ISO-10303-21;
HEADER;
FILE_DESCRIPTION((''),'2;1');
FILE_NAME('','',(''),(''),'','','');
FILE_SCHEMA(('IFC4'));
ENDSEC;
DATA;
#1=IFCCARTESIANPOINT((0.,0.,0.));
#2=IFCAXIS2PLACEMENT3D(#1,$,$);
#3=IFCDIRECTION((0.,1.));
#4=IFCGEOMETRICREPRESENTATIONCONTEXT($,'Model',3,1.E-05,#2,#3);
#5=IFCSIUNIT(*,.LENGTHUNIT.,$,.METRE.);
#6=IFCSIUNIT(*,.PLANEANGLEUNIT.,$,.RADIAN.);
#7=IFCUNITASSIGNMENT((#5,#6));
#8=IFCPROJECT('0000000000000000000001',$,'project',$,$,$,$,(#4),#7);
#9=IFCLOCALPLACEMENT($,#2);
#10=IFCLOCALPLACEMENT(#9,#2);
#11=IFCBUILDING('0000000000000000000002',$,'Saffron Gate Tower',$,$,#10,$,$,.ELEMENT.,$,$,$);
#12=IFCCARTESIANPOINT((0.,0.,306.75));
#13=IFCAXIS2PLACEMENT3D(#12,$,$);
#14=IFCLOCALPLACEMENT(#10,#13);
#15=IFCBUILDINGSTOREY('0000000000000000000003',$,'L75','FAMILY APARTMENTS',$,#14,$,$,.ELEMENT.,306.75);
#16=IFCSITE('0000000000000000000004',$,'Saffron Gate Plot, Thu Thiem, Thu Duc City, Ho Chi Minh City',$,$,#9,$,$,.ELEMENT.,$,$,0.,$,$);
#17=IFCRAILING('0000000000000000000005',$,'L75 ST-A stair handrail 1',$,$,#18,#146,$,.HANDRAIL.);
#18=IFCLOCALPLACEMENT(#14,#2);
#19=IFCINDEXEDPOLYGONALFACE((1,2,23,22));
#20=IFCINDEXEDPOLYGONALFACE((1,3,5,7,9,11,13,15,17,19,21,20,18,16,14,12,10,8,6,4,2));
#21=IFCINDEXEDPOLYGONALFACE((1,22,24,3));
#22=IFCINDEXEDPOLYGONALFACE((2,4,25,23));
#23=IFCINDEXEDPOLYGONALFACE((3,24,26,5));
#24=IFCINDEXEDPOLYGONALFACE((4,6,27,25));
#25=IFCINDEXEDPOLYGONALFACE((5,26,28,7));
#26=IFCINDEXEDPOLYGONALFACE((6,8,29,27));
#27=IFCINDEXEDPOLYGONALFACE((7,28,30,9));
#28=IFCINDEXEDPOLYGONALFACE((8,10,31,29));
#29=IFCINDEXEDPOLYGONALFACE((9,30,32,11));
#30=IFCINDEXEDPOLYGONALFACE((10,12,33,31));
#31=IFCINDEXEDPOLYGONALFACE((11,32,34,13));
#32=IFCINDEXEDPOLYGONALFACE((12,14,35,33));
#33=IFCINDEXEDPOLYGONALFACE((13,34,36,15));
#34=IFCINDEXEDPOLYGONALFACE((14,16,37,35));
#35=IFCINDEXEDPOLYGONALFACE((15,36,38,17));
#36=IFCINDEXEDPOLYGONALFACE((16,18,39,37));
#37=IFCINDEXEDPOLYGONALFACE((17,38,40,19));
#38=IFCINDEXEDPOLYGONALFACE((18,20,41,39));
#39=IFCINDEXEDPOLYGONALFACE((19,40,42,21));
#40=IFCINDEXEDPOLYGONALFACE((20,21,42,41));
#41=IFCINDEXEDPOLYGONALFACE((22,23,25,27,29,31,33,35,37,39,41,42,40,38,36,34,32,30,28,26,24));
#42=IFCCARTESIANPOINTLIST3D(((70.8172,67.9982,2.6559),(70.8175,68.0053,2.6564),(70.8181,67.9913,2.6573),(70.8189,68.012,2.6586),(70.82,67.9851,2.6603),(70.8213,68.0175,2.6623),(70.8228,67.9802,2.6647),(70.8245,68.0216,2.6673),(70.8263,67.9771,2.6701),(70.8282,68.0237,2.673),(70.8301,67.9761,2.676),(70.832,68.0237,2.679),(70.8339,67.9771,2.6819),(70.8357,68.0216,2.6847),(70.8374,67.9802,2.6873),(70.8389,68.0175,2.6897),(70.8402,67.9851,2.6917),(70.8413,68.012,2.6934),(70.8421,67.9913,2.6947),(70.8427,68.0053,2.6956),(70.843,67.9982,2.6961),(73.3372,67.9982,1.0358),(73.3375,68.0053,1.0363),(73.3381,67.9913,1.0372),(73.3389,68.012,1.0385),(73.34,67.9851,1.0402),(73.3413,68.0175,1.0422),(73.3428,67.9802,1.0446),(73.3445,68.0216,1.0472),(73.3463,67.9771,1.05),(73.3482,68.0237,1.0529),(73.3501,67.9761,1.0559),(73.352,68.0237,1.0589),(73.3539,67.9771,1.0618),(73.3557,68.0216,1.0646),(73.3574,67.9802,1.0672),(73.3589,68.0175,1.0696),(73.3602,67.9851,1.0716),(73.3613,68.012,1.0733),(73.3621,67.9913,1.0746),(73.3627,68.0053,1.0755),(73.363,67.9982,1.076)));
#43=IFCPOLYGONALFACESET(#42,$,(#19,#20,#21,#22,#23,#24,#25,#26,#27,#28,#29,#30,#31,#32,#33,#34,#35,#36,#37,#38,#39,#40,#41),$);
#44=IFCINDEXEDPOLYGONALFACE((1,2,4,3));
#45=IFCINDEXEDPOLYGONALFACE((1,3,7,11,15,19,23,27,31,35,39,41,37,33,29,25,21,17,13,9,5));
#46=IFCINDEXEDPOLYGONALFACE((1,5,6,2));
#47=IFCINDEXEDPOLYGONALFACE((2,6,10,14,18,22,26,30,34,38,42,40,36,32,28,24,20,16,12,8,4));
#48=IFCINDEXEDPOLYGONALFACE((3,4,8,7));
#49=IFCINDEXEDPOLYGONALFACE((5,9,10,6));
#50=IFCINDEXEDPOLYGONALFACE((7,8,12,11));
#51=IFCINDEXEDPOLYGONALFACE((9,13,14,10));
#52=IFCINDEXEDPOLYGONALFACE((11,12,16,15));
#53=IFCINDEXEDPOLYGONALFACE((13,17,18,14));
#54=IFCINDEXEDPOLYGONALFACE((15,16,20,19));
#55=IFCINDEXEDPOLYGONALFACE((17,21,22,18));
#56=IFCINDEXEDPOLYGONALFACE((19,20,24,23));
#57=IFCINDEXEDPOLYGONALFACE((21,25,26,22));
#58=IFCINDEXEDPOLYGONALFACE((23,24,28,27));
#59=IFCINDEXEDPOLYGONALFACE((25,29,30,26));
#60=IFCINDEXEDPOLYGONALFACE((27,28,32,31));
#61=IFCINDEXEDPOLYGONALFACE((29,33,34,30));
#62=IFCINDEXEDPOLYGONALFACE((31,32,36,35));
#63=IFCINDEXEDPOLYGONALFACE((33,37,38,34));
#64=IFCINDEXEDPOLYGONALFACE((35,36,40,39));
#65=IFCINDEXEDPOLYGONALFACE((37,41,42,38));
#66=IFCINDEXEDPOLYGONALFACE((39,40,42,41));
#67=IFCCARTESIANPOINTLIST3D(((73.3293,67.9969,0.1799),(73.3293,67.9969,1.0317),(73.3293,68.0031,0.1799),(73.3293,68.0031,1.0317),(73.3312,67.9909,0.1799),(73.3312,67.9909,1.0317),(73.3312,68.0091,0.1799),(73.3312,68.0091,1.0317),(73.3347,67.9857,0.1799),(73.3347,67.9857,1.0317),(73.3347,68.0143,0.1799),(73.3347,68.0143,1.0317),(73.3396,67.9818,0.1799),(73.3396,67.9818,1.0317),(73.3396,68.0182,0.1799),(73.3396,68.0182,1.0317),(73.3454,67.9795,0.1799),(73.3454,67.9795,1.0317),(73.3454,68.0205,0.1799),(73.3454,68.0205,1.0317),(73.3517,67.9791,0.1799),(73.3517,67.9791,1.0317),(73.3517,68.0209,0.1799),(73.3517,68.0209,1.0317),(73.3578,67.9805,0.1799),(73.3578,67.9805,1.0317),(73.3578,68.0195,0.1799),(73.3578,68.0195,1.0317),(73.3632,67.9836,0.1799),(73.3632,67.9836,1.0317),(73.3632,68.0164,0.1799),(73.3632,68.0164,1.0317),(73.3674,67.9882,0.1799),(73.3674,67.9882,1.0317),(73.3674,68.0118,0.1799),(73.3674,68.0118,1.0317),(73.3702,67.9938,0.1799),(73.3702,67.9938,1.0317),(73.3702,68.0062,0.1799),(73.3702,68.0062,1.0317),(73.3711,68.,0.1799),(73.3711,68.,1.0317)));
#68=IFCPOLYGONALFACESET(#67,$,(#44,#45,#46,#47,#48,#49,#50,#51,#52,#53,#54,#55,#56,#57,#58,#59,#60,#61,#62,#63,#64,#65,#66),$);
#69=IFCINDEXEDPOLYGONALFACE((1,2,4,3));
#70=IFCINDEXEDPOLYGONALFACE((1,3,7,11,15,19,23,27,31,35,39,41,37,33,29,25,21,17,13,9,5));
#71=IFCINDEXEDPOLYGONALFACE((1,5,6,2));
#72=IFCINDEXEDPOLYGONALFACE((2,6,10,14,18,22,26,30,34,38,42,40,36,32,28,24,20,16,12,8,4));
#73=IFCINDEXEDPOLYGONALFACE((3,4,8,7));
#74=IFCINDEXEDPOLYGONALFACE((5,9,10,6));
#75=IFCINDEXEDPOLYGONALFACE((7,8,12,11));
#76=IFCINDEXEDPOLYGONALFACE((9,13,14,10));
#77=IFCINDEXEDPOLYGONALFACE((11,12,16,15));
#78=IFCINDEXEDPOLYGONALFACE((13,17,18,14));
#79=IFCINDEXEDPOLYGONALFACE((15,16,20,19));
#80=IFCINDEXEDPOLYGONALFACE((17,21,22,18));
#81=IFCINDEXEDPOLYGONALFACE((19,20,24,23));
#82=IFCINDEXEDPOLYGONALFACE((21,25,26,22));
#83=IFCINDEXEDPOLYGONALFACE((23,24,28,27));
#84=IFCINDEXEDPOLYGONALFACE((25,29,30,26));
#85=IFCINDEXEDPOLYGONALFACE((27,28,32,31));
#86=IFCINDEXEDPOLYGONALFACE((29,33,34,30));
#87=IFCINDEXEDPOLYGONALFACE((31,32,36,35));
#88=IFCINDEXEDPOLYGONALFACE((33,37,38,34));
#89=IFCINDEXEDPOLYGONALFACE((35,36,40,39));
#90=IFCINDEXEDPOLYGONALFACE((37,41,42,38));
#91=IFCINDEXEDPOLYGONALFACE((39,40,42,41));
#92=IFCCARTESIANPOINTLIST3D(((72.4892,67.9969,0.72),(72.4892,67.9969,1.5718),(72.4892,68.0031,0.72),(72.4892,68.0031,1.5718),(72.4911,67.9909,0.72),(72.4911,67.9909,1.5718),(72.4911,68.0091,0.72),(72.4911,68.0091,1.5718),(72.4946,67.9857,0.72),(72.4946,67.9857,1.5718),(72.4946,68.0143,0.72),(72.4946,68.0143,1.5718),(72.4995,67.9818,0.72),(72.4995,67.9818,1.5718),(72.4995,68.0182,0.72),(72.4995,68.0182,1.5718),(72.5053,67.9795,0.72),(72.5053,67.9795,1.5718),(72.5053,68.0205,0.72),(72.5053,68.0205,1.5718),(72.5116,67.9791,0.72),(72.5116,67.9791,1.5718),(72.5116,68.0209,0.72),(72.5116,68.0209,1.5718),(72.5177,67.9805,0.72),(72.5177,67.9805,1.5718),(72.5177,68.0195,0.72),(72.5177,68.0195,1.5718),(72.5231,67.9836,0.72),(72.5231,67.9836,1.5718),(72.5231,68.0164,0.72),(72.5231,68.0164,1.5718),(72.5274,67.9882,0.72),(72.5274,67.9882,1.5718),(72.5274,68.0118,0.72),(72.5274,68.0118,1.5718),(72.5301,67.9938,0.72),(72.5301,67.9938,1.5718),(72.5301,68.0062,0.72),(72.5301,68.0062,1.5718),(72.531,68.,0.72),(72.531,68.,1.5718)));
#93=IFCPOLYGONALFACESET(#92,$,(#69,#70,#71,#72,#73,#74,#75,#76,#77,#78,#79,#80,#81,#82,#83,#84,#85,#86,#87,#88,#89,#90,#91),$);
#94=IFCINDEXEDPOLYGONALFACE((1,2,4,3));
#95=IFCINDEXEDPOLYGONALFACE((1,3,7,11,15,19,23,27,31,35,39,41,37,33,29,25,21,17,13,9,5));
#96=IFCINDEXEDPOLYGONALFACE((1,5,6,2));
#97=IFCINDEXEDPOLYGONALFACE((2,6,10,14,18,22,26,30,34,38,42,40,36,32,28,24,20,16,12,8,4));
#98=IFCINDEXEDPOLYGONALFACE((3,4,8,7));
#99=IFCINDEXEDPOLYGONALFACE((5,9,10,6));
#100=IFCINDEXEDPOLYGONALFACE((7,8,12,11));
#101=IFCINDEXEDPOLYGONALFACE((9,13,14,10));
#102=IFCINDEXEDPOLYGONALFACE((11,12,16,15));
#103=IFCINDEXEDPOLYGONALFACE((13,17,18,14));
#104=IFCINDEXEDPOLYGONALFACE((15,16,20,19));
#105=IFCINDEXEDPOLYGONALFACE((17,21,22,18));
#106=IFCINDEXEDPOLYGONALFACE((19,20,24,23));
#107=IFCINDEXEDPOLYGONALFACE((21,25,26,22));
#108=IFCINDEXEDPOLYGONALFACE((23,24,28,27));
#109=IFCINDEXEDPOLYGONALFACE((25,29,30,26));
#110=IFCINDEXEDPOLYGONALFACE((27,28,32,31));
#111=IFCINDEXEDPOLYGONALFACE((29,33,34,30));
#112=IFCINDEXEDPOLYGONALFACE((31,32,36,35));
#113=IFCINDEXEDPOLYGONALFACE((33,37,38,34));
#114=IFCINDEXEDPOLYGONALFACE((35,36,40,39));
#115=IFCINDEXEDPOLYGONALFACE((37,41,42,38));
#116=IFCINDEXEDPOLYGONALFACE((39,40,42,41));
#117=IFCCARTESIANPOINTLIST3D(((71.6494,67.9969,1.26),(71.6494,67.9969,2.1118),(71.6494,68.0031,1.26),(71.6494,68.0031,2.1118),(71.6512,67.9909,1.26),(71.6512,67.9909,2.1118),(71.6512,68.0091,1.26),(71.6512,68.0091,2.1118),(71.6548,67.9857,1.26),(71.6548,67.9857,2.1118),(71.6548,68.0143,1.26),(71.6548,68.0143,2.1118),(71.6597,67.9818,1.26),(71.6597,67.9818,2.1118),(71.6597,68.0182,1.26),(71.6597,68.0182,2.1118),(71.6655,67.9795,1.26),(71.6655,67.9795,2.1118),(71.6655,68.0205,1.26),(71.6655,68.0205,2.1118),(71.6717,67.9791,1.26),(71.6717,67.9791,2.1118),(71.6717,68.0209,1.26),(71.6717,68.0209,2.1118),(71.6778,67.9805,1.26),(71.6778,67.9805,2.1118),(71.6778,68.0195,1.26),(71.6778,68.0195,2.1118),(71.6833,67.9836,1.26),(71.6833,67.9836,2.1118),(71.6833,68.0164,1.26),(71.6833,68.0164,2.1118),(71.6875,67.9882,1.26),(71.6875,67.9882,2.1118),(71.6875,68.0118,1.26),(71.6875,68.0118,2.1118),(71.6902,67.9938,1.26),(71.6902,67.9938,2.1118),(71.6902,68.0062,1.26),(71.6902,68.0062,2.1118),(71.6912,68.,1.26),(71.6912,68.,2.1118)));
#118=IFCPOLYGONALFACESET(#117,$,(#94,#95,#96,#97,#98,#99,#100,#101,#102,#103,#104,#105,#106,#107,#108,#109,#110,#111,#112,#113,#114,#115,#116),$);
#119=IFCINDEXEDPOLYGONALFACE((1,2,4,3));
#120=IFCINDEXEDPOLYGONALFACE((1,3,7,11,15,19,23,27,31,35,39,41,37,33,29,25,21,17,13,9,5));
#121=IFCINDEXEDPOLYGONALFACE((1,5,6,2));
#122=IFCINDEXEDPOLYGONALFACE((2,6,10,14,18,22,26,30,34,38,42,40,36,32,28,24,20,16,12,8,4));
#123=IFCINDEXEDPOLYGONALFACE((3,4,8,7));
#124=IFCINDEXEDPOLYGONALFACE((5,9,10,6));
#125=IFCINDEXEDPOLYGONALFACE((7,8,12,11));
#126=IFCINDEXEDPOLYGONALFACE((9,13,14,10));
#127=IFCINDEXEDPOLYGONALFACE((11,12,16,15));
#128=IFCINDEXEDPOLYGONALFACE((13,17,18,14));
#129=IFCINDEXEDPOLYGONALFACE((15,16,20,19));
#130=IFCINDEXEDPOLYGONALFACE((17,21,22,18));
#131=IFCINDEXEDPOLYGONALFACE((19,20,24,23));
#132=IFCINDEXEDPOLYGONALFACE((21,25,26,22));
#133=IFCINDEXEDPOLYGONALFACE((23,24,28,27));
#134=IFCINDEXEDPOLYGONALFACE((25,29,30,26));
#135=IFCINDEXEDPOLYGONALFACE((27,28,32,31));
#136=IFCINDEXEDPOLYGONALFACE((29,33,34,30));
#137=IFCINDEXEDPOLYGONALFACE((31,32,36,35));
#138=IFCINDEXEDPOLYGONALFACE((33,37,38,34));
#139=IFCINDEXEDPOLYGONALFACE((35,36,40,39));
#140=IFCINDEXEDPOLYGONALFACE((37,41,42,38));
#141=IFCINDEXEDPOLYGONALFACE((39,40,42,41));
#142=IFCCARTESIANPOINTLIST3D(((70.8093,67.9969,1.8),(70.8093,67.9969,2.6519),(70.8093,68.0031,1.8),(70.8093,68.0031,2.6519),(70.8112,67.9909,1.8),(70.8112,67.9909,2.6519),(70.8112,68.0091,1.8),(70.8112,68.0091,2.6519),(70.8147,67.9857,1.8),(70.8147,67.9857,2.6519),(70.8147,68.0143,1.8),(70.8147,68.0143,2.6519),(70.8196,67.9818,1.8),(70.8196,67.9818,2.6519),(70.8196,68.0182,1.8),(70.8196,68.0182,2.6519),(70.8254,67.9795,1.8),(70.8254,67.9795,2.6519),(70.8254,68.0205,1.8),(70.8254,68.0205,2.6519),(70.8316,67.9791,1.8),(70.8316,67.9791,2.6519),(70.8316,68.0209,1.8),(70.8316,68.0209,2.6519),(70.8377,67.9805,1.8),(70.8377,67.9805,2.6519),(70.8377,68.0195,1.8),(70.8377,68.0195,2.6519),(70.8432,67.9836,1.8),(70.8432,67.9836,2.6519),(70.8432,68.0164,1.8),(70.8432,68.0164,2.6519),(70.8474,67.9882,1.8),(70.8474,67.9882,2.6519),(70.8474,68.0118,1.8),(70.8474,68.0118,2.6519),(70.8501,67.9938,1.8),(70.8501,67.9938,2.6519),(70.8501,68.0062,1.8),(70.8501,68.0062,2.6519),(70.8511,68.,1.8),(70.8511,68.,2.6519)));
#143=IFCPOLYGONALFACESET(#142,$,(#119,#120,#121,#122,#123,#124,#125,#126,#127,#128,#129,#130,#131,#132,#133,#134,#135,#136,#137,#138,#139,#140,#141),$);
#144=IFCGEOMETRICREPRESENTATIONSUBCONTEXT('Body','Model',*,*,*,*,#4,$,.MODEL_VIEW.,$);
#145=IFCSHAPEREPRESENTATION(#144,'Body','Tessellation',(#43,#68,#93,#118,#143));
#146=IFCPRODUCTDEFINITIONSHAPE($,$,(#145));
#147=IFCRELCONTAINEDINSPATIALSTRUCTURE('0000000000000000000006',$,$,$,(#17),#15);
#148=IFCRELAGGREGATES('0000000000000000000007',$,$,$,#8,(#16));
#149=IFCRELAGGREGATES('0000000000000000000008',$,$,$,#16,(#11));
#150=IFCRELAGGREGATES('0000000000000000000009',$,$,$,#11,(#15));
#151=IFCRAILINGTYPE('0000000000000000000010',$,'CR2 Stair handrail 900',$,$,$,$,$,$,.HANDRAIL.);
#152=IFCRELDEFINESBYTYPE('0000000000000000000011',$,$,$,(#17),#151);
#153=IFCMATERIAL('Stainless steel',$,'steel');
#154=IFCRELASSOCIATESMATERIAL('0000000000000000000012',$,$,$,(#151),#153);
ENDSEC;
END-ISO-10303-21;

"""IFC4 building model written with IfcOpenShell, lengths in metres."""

from ifc_helpers import new_model, si_unit, direction, frame, origin, origin_2d, place, context, subcontext, project, spatial, circle, extrude, material, type_object, element, save


model = new_model("IFC4")

# Units and contexts
model_context = context("Model", 3, precision=1e-05, world=origin(), true_north=direction((0.0, 1.0)))
body_context = subcontext(model_context, "Body", "Model", "MODEL_VIEW")
ifc_project = project(units=[si_unit("LENGTHUNIT", "METRE"), si_unit("PLANEANGLEUNIT", "RADIAN")], contexts=[model_context])

# Site, building, storey
site_placement = place(None, origin())
site = spatial("IfcSite", under=ifc_project, at=site_placement, Name="Saffron Gate Plot, Thu Thiem, Thu Duc City, Ho Chi Minh City", CompositionType="ELEMENT", RefElevation=0.0)
building_placement = place(site_placement, origin())
building = spatial("IfcBuilding", under=site, at=building_placement, Name="Saffron Gate Tower", CompositionType="ELEMENT")
storey_placement = place(building_placement, frame((0.0, 0.0, 306.75)))
storey = spatial("IfcBuildingStorey", under=building, at=storey_placement, Name="L75", Description="FAMILY APARTMENTS", CompositionType="ELEMENT", Elevation=306.75)

# Railing
ifc_material_1 = material(Name="Stainless steel", Category="steel")
railing_type_1 = type_object("IfcRailingType", Name="CR2 Stair handrail 900", PredefinedType="HANDRAIL", material=ifc_material_1)
railing_1_placement = place(storey_placement, frame((73.3501, 68.0, 0.1799)))
element("IfcRailing", 1, at=railing_1_placement, inside=storey, type_object=railing_type_1, Name="L75 ST-A stair handrail 1", PredefinedType="HANDRAIL", context=body_context, shape_type="SweptSolid", body=[
    extrude(circle(Radius=0.0239, at=origin_2d()), frame((0.0, 0.0, 0.876), z_axis=(-0.841163, 0.0, 0.540782), x_axis=(0.0, -1.0, 0.0)), (0.0, 0.0, 1.0), 2.9958),
    extrude(circle(Radius=0.021, at=origin_2d()), origin(), (0.0, 0.0, 1.0), 0.8518),
    extrude(circle(Radius=0.021, at=origin_2d()), frame((-0.8401, 0.0, 0.54)), (0.0, 0.0, 1.0), 0.8518),
    extrude(circle(Radius=0.021, at=origin_2d()), frame((-1.6799, 0.0, 1.0801)), (0.0, 0.0, 1.0), 0.8518),
    extrude(circle(Radius=0.021, at=origin_2d()), frame((-2.52, 0.0, 1.6201)), (0.0, 0.0, 1.0), 0.8518),
])

save(model, "model.ifc")
